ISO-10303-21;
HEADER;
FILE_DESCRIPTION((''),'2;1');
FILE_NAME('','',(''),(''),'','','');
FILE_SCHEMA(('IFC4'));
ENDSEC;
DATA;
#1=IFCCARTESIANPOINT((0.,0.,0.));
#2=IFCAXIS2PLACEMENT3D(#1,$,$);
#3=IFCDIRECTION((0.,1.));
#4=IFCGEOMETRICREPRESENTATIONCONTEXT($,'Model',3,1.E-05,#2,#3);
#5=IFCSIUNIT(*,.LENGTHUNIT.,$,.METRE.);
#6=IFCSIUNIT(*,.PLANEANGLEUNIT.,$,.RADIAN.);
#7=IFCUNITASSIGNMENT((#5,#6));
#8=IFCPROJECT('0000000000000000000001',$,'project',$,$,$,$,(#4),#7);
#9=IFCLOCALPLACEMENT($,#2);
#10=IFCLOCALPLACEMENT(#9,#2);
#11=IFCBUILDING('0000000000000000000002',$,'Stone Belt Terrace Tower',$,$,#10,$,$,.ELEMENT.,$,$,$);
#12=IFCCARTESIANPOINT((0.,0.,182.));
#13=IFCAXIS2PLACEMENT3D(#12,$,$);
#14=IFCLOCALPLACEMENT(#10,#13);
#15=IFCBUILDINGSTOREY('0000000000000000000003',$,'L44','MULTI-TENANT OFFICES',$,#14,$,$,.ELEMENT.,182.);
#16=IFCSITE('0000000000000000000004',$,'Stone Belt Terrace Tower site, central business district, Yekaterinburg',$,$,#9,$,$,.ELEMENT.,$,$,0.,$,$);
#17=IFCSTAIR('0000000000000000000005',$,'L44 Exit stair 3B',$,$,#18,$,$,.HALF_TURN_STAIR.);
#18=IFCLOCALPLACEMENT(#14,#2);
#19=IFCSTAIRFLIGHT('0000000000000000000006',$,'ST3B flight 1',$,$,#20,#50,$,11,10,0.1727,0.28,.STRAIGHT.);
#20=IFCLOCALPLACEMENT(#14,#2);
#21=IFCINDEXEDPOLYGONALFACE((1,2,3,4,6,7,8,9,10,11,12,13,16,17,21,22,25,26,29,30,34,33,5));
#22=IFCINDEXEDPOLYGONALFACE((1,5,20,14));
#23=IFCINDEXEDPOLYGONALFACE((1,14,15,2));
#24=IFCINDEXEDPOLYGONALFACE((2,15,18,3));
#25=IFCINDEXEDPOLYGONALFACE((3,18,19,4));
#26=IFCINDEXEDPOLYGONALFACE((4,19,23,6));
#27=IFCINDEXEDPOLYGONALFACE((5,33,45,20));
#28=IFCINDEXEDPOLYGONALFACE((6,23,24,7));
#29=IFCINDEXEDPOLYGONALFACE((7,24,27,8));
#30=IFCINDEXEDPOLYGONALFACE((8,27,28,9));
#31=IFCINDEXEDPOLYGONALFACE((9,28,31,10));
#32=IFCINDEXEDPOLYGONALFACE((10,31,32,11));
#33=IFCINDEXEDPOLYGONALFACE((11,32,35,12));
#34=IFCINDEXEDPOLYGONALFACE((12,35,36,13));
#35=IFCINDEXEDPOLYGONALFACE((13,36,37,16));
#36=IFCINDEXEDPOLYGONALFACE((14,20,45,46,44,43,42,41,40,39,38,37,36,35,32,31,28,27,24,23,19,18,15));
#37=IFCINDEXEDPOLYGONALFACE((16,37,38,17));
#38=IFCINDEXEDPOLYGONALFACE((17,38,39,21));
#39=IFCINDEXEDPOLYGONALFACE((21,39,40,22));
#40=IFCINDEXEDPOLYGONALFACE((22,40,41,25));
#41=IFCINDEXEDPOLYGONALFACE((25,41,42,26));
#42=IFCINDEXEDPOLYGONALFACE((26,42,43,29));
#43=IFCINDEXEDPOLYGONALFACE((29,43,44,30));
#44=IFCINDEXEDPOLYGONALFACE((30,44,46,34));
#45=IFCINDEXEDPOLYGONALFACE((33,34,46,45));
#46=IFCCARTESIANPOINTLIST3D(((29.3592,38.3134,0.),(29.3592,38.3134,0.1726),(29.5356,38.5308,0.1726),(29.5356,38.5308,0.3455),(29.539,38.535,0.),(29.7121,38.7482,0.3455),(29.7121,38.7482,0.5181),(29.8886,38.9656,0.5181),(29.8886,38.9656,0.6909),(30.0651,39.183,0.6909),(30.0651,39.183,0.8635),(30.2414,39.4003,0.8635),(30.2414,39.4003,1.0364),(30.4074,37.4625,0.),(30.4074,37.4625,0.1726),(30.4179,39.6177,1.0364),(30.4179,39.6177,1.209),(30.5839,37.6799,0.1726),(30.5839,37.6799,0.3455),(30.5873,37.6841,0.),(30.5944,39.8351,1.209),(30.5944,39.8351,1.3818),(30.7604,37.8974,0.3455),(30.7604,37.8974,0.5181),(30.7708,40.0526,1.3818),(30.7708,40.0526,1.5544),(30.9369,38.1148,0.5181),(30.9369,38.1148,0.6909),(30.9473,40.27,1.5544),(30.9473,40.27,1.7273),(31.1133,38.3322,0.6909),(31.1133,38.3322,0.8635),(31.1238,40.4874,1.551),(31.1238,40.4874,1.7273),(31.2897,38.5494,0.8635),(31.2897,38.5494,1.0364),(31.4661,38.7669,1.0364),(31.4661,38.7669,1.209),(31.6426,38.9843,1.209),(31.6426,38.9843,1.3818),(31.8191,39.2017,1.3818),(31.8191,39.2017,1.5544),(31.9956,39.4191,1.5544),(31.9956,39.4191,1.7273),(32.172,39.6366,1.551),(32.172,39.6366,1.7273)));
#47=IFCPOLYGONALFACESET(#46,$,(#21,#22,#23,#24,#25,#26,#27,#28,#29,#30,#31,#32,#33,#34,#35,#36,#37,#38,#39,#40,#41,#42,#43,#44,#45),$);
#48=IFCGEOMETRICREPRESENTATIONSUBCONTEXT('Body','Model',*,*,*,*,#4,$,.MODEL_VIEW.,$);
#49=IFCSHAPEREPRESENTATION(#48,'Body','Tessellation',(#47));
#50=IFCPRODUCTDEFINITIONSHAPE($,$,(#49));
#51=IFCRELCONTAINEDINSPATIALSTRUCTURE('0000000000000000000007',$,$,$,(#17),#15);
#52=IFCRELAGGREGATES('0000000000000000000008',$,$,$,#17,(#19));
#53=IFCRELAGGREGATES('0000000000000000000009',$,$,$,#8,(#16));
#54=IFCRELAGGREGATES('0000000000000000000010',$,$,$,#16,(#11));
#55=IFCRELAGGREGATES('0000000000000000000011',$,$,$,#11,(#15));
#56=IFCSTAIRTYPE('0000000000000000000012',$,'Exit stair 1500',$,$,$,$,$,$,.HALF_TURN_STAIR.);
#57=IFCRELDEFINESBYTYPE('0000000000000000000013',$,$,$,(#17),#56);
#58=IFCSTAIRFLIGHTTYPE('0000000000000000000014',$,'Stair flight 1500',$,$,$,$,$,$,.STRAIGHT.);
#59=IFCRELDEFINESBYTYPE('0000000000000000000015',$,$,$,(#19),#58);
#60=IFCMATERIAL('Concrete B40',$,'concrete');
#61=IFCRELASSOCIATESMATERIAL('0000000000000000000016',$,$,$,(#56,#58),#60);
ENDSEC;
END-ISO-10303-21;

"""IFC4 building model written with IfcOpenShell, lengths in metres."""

from ifc_helpers import new_model, si_unit, direction, frame, origin, place, context, subcontext, project, spatial, polyline, outline, extrude, material, type_object, element, aggregate, save


model = new_model("IFC4")

# Units and contexts
model_context = context("Model", 3, precision=1e-05, world=origin(), true_north=direction((0.0, 1.0)))
body_context = subcontext(model_context, "Body", "Model", "MODEL_VIEW")
ifc_project = project(units=[si_unit("LENGTHUNIT", "METRE"), si_unit("PLANEANGLEUNIT", "RADIAN")], contexts=[model_context])

# Site, building, storey
site_placement = place(None, origin())
site = spatial("IfcSite", under=ifc_project, at=site_placement, Name="Stone Belt Terrace Tower site, central business district, Yekaterinburg", CompositionType="ELEMENT", RefElevation=0.0)
building_placement = place(site_placement, origin())
building = spatial("IfcBuilding", under=site, at=building_placement, Name="Stone Belt Terrace Tower", CompositionType="ELEMENT")
storey_placement = place(building_placement, frame((0.0, 0.0, 182.0)))
storey = spatial("IfcBuildingStorey", under=building, at=storey_placement, Name="L44", Description="MULTI-TENANT OFFICES", CompositionType="ELEMENT", Elevation=182.0)

# Stair, stair flight
ifc_material_1 = material(Name="Concrete B40", Category="concrete")
stair_type = type_object("IfcStairType", Name="Exit stair 1500", PredefinedType="HALF_TURN_STAIR", material=ifc_material_1)
stair_placement = place(storey_placement, origin())
stair = element("IfcStair", 1, at=stair_placement, inside=storey, type_object=stair_type, Name="L44 Exit stair 3B", PredefinedType="HALF_TURN_STAIR")
stair_flight_type = type_object("IfcStairFlightType", Name="Stair flight 1500", PredefinedType="STRAIGHT", material=ifc_material_1)
stair_flight_placement = place(storey_placement, frame((29.8833, 37.8879, 0.0), z_axis=(0.0, 0.0, 1.0), x_axis=(0.630206, 0.776428, 0.0)))
stair_flight = element("IfcStairFlight", 2, at=stair_flight_placement, type_object=stair_flight_type, Name="ST3B flight 1", NumberOfRisers=11, NumberOfTreads=10, PredefinedType="STRAIGHT", RiserHeight=0.1727, TreadLength=0.28, context=body_context, shape_type="SweptSolid", body=[
    extrude(outline(polyline([(0.0, 0.0), (0.0, 0.1726), (0.28, 0.1726), (0.28, 0.3455), (0.5601, 0.3455), (0.5601, 0.5181), (0.8401, 0.5181), (0.8401, 0.6909), (1.1201, 0.6909), (1.1201, 0.8635), (1.3999, 0.8635), (1.3999, 1.0364), (1.6799, 1.0364), (1.6799, 1.209), (1.96, 1.209), (1.96, 1.3818), (2.24, 1.3818), (2.24, 1.5544), (2.52, 1.5544), (2.52, 1.7273), (2.8, 1.7273), (2.8, 1.8999), (2.8, 1.551), (0.2854, 0.0), (0.0, 0.0)])), frame((0.0, 0.675, 0.0), z_axis=(0.0, -1.0, 0.0), x_axis=(1.0, 0.0, 0.0)), (0.0, 0.0, 1.0), 1.3501),
])
aggregate(stair, [stair_flight])

save(model, "model.ifc")
